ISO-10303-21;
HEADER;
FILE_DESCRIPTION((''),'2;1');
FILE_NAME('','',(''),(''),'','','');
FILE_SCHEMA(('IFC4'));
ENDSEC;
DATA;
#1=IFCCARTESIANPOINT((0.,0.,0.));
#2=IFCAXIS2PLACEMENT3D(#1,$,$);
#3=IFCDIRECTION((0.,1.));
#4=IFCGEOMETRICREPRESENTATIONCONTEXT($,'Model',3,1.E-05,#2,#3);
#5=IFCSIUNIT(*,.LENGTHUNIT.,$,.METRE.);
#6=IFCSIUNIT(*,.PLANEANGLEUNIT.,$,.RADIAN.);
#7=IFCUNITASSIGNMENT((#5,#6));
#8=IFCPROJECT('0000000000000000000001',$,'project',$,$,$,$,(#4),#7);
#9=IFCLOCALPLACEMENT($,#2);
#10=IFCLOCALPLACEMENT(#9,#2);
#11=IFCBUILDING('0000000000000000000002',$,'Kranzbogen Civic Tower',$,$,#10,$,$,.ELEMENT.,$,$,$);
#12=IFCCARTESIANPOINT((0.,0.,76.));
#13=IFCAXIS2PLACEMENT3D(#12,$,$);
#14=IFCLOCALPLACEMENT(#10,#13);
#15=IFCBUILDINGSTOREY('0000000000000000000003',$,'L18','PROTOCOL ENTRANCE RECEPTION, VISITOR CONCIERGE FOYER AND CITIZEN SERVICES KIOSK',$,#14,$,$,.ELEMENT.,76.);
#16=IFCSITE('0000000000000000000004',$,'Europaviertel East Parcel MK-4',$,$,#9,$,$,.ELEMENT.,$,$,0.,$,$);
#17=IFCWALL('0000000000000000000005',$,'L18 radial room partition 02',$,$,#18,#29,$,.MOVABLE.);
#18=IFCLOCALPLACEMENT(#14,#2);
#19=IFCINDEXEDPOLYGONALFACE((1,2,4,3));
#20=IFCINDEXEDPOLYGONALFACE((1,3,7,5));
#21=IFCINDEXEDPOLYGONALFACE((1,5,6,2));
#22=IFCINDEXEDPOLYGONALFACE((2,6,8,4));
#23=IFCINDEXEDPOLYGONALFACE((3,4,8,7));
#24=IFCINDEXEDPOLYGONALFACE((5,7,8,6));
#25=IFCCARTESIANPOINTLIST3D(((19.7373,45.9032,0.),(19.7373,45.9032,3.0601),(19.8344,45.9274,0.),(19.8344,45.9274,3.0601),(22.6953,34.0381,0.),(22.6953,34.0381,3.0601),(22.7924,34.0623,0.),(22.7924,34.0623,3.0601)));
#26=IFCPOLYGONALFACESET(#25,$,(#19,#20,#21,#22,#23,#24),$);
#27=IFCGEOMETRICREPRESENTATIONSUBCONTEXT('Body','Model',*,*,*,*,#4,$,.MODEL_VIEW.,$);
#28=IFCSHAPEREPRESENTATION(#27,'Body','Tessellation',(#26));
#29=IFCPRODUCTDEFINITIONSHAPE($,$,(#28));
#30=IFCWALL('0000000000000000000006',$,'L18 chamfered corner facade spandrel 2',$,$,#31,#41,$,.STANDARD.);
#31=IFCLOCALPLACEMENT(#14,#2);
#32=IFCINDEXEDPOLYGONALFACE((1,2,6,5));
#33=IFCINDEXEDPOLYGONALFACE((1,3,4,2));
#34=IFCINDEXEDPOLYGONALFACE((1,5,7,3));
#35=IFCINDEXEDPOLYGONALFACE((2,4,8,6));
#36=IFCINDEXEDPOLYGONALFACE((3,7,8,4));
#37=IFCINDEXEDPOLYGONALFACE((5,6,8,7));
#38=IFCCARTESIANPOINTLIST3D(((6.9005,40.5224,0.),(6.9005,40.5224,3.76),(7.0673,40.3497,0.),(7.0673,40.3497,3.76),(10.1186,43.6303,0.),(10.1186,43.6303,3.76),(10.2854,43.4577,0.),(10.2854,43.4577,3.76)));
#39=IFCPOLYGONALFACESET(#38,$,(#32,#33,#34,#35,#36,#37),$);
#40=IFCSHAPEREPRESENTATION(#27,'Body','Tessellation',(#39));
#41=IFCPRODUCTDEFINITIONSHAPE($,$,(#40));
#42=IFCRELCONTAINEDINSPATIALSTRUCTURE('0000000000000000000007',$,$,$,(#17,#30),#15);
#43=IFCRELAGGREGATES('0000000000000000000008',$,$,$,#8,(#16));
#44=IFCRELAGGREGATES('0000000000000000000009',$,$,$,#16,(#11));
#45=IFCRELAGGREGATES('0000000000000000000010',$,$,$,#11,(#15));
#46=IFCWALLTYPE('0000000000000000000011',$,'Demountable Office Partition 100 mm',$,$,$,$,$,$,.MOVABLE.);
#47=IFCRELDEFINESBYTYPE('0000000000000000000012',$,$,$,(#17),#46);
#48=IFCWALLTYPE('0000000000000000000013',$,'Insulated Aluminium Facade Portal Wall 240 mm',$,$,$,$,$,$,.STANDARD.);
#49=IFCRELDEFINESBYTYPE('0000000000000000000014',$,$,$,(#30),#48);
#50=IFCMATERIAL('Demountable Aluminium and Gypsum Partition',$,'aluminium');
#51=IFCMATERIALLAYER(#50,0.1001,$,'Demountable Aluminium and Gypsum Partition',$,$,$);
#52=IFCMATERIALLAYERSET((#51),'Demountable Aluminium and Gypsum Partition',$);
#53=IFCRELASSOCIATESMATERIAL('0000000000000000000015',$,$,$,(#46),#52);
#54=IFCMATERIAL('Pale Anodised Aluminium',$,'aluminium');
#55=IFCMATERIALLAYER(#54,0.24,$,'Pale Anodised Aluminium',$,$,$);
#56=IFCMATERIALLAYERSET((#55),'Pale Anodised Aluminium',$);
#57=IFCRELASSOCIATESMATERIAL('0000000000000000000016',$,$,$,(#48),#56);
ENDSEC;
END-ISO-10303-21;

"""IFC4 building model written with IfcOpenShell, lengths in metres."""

from ifc_helpers import new_model, si_unit, direction, frame, frame_2d, origin, place, context, subcontext, project, spatial, rectangle, extrude, material, layer, layer_set, type_object, element, save


model = new_model("IFC4")

# Units and contexts
model_context = context("Model", 3, precision=1e-05, world=origin(), true_north=direction((0.0, 1.0)))
body_context = subcontext(model_context, "Body", "Model", "MODEL_VIEW")
ifc_project = project(units=[si_unit("LENGTHUNIT", "METRE"), si_unit("PLANEANGLEUNIT", "RADIAN")], contexts=[model_context])

# Site, building, storey
site_placement = place(None, origin())
site = spatial("IfcSite", under=ifc_project, at=site_placement, Name="Europaviertel East Parcel MK-4", CompositionType="ELEMENT", RefElevation=0.0)
building_placement = place(site_placement, origin())
building = spatial("IfcBuilding", under=site, at=building_placement, Name="Kranzbogen Civic Tower", CompositionType="ELEMENT")
storey_placement = place(building_placement, frame((0.0, 0.0, 76.0)))
storey = spatial("IfcBuildingStorey", under=building, at=storey_placement, Name="L18", Description="PROTOCOL ENTRANCE RECEPTION, VISITOR CONCIERGE FOYER AND CITIZEN SERVICES KIOSK", CompositionType="ELEMENT", Elevation=76.0)

# Shared definitions
ifc_material_1 = material(Name="Pale Anodised Aluminium", Category="aluminium")

# Walls
ifc_material_2 = material(Name="Demountable Aluminium and Gypsum Partition", Category="aluminium")
ifc_layer_1 = layer(ifc_material_2, 0.1001, Name="Demountable Aluminium and Gypsum Partition")
ifc_layer_set_1 = layer_set([ifc_layer_1], Name="Demountable Aluminium and Gypsum Partition")
wall_type_1 = type_object("IfcWallType", Name="Demountable Office Partition 100 mm", PredefinedType="MOVABLE", material=ifc_layer_set_1)
wall_1_placement = place(storey_placement, frame((22.7439, 34.05, 0.0), z_axis=(0.0, 0.0, 1.0), x_axis=(-0.241901, 0.970301, 0.0)))
element("IfcWall", 1, at=wall_1_placement, inside=storey, type_object=wall_type_1, Name="L18 radial room partition 02", PredefinedType="MOVABLE", context=body_context, shape_type="SweptSolid", body=[
    extrude(rectangle(XDim=12.2283, YDim=0.1001, at=frame_2d((6.1143, 0.0))), origin(), (0.0, 0.0, 1.0), 3.0601),
])
ifc_layer_2 = layer(ifc_material_1, 0.24, Name="Pale Anodised Aluminium")
ifc_layer_set_2 = layer_set([ifc_layer_2], Name="Pale Anodised Aluminium")
wall_type_2 = type_object("IfcWallType", Name="Insulated Aluminium Facade Portal Wall 240 mm", PredefinedType="STANDARD", material=ifc_layer_set_2)
wall_2_placement = place(storey_placement, frame((10.2019, 43.5439, 0.0), z_axis=(0.0, 0.0, 1.0), x_axis=(-0.719306, -0.694694, 0.0)))
element("IfcWall", 2, at=wall_2_placement, inside=storey, type_object=wall_type_2, Name="L18 chamfered corner facade spandrel 2", PredefinedType="STANDARD", context=body_context, shape_type="SweptSolid", body=[
    extrude(rectangle(XDim=4.4739, YDim=0.24, at=frame_2d((2.2368, 0.0))), origin(), (0.0, 0.0, 1.0), 3.76),
])

save(model, "model.ifc")
